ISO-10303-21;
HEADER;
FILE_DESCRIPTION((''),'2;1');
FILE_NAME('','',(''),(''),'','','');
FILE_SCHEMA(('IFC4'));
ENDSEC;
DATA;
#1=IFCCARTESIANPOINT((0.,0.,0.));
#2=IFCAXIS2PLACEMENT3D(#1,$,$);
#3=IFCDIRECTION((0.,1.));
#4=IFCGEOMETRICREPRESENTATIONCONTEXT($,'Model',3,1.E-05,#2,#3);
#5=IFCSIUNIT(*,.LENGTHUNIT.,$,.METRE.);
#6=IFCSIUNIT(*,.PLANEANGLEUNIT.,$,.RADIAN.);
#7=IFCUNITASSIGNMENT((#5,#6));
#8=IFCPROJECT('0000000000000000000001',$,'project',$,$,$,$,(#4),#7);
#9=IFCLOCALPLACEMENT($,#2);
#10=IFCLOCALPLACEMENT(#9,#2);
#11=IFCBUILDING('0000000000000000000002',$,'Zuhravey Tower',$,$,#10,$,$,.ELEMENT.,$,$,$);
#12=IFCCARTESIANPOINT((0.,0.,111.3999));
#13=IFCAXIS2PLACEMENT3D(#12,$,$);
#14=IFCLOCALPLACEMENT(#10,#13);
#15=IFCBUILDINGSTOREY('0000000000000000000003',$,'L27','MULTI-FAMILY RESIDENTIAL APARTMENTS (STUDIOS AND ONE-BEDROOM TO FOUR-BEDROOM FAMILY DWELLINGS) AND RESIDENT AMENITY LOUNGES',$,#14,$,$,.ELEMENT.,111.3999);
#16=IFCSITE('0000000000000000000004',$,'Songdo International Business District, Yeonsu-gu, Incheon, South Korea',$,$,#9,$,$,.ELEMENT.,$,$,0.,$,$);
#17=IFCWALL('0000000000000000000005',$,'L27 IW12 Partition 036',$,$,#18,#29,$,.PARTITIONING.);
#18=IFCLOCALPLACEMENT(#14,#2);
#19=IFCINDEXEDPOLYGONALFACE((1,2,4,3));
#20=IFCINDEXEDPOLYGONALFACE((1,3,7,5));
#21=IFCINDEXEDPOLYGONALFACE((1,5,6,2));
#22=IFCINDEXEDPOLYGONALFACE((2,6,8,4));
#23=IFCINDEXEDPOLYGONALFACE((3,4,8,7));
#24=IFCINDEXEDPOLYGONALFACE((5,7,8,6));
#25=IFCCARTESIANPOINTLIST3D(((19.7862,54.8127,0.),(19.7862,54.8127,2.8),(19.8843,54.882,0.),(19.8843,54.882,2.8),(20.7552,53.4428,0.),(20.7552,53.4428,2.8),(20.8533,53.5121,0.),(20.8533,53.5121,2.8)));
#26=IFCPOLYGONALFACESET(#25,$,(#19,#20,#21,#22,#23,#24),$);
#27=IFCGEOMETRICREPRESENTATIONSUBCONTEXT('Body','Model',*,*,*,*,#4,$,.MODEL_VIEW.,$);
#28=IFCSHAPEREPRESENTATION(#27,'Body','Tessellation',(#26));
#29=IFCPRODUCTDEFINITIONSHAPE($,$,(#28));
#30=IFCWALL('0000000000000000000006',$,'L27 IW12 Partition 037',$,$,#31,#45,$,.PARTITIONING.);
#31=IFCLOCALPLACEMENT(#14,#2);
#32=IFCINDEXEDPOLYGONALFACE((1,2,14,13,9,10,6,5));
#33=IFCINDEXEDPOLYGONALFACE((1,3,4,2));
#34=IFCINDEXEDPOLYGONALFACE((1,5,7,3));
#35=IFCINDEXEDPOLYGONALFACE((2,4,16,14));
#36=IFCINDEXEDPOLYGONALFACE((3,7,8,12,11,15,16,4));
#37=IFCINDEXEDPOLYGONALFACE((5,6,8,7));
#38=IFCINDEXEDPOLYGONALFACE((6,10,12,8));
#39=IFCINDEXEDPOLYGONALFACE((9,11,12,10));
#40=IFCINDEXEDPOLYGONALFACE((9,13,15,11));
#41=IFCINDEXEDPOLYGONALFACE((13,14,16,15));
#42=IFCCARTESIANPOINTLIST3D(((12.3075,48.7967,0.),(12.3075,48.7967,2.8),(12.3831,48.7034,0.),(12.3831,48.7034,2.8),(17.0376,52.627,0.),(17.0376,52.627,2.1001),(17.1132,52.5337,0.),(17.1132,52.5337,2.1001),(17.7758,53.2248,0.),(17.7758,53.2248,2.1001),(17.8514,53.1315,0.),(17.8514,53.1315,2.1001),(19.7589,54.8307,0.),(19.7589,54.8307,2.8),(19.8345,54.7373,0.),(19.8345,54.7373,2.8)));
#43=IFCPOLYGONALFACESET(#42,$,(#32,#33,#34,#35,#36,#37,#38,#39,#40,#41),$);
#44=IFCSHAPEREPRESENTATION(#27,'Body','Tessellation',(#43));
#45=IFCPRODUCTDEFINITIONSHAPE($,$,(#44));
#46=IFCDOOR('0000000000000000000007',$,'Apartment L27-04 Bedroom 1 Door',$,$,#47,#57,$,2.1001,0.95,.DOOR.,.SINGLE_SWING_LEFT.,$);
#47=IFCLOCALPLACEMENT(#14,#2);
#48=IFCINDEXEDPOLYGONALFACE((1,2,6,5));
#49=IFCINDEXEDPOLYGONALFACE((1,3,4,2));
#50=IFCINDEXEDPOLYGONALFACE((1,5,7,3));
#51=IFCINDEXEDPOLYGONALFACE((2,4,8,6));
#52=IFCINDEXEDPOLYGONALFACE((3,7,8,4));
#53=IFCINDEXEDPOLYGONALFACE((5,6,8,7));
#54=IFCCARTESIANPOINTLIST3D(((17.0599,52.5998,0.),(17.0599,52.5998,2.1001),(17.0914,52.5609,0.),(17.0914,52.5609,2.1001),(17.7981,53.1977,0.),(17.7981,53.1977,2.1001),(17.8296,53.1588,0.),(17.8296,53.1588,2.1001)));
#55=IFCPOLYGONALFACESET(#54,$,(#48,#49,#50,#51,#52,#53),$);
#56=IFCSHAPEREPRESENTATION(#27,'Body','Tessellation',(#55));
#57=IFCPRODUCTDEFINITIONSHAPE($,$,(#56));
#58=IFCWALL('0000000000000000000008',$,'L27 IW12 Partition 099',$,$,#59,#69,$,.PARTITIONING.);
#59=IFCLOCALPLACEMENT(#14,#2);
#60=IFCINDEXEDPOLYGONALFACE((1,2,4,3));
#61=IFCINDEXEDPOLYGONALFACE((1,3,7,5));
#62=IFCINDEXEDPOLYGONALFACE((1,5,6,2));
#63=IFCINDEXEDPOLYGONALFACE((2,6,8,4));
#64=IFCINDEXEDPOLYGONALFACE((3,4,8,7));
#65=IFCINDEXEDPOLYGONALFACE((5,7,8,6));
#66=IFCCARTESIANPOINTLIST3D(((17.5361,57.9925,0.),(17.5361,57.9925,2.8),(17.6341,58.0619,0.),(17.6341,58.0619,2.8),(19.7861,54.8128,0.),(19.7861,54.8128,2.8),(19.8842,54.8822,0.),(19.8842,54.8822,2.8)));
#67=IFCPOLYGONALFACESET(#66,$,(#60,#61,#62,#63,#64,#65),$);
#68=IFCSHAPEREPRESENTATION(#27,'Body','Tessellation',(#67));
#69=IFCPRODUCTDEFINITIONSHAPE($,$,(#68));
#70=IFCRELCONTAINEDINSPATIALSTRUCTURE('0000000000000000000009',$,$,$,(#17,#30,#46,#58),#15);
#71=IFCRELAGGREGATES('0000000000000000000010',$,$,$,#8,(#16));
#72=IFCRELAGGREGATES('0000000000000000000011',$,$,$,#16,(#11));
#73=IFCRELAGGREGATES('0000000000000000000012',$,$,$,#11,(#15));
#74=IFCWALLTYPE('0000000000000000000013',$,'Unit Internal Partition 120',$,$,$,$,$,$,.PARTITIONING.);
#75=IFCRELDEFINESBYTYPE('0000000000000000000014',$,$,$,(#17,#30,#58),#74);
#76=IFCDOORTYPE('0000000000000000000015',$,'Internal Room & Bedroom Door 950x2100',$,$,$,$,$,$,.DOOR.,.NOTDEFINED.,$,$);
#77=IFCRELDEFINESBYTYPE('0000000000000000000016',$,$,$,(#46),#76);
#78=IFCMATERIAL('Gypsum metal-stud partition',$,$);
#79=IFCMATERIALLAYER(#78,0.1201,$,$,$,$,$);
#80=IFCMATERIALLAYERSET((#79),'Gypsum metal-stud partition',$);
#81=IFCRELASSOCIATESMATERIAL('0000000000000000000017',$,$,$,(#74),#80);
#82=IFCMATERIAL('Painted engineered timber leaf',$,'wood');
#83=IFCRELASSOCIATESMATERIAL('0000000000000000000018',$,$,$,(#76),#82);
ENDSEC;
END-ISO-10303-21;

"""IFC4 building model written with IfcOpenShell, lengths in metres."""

from ifc_helpers import new_model, si_unit, direction, frame, frame_2d, origin, place, context, subcontext, project, spatial, rectangle, extrude, material, layer, layer_set, type_object, element, fill, save


model = new_model("IFC4")

# Units and contexts
model_context = context("Model", 3, precision=1e-05, world=origin(), true_north=direction((0.0, 1.0)))
body_context = subcontext(model_context, "Body", "Model", "MODEL_VIEW")
ifc_project = project(units=[si_unit("LENGTHUNIT", "METRE"), si_unit("PLANEANGLEUNIT", "RADIAN")], contexts=[model_context])

# Site, building, storey
site_placement = place(None, origin())
site = spatial("IfcSite", under=ifc_project, at=site_placement, Name="Songdo International Business District, Yeonsu-gu, Incheon, South Korea", CompositionType="ELEMENT", RefElevation=0.0)
building_placement = place(site_placement, origin())
building = spatial("IfcBuilding", under=site, at=building_placement, Name="Zuhravey Tower", CompositionType="ELEMENT")
storey_placement = place(building_placement, frame((0.0, 0.0, 111.3999)))
storey = spatial("IfcBuildingStorey", under=building, at=storey_placement, Name="L27", Description="MULTI-FAMILY RESIDENTIAL APARTMENTS (STUDIOS AND ONE-BEDROOM TO FOUR-BEDROOM FAMILY DWELLINGS) AND RESIDENT AMENITY LOUNGES", CompositionType="ELEMENT", Elevation=111.3999)

# Wall
ifc_material_1 = material(Name="Gypsum metal-stud partition")
ifc_layer_1 = layer(ifc_material_1, 0.1201)
ifc_layer_set_1 = layer_set([ifc_layer_1], Name="Gypsum metal-stud partition")
wall_type_1 = type_object("IfcWallType", Name="Unit Internal Partition 120", PredefinedType="PARTITIONING", material=ifc_layer_set_1)
wall_1_placement = place(storey_placement, frame((20.8042, 53.4775, 0.0), z_axis=(0.0, 0.0, 1.0), x_axis=(-0.577488, 0.816399, 0.0)))
element("IfcWall", 1, at=wall_1_placement, inside=storey, type_object=wall_type_1, Name="L27 IW12 Partition 036", PredefinedType="PARTITIONING", context=body_context, shape_type="SweptSolid", body=[
    extrude(rectangle(XDim=1.678, YDim=0.1201, at=frame_2d((0.8389, 0.0))), origin(), (0.0, 0.0, 1.0), 2.8),
])

# Wall, opening, door
wall_2_placement = place(storey_placement, frame((19.7966, 54.7839, 0.0), z_axis=(0.0, 0.0, 1.0), x_axis=(-0.777151, -0.629314, 0.0)))
wall_2 = element("IfcWall", 2, at=wall_2_placement, inside=storey, type_object=wall_type_1, Name="L27 IW12 Partition 037", PredefinedType="PARTITIONING", context=body_context, shape_type="SweptSolid", body=[
    extrude(rectangle(XDim=9.5881, YDim=0.1201, at=frame_2d((4.7939, 0.0))), origin(), (0.0, 0.0, 1.0), 2.8),
])
opening_placement = place(wall_2_placement, frame((2.5515, 0.0, 0.0)))
opening = element("IfcOpeningElement", 3, at=opening_placement, cuts=wall_2, PredefinedType="OPENING", context=body_context, shape_type="SweptSolid", body=[
    extrude(rectangle(XDim=0.95, YDim=2.1001, at=frame_2d((0.4751, 1.05))), frame((0.0, 0.072, 0.0), z_axis=(0.0, -1.0, 0.0), x_axis=(1.0, 0.0, 0.0)), (0.0, 0.0, 1.0), 0.144),
])
ifc_material_2 = material(Name="Painted engineered timber leaf", Category="wood")
door_type = type_object("IfcDoorType", Name="Internal Room & Bedroom Door 950x2100", OperationType="NOTDEFINED", PredefinedType="DOOR", material=ifc_material_2)
door_placement = place(opening_placement, frame((0.95, 0.0, 0.0), z_axis=(0.0, 0.0, 1.0), x_axis=(-1.0, 0.0, 0.0)))
door = element("IfcDoor", 4, at=door_placement, inside=storey, type_object=door_type, Name="Apartment L27-04 Bedroom 1 Door", OperationType="SINGLE_SWING_LEFT", OverallHeight=2.1001, OverallWidth=0.95, PredefinedType="DOOR", context=body_context, shape_type="SweptSolid", body=[
    extrude(rectangle(XDim=0.95, YDim=2.1001, at=frame_2d((0.4751, 1.05))), frame((0.0, 0.0249, 0.0), z_axis=(0.0, -1.0, 0.0), x_axis=(1.0, 0.0, 0.0)), (0.0, 0.0, 1.0), 0.05),
])
fill(opening, door)

# Wall
wall_3_placement = place(storey_placement, frame((19.8352, 54.8474, 0.0), z_axis=(0.0, 0.0, 1.0), x_axis=(-0.577628, 0.8163, 0.0)))
element("IfcWall", 5, at=wall_3_placement, inside=storey, type_object=wall_type_1, Name="L27 IW12 Partition 099", PredefinedType="PARTITIONING", context=body_context, shape_type="SweptSolid", body=[
    extrude(rectangle(XDim=3.8953, YDim=0.1201, at=frame_2d((1.9478, 0.0))), origin(), (0.0, 0.0, 1.0), 2.8),
])

save(model, "model.ifc")
